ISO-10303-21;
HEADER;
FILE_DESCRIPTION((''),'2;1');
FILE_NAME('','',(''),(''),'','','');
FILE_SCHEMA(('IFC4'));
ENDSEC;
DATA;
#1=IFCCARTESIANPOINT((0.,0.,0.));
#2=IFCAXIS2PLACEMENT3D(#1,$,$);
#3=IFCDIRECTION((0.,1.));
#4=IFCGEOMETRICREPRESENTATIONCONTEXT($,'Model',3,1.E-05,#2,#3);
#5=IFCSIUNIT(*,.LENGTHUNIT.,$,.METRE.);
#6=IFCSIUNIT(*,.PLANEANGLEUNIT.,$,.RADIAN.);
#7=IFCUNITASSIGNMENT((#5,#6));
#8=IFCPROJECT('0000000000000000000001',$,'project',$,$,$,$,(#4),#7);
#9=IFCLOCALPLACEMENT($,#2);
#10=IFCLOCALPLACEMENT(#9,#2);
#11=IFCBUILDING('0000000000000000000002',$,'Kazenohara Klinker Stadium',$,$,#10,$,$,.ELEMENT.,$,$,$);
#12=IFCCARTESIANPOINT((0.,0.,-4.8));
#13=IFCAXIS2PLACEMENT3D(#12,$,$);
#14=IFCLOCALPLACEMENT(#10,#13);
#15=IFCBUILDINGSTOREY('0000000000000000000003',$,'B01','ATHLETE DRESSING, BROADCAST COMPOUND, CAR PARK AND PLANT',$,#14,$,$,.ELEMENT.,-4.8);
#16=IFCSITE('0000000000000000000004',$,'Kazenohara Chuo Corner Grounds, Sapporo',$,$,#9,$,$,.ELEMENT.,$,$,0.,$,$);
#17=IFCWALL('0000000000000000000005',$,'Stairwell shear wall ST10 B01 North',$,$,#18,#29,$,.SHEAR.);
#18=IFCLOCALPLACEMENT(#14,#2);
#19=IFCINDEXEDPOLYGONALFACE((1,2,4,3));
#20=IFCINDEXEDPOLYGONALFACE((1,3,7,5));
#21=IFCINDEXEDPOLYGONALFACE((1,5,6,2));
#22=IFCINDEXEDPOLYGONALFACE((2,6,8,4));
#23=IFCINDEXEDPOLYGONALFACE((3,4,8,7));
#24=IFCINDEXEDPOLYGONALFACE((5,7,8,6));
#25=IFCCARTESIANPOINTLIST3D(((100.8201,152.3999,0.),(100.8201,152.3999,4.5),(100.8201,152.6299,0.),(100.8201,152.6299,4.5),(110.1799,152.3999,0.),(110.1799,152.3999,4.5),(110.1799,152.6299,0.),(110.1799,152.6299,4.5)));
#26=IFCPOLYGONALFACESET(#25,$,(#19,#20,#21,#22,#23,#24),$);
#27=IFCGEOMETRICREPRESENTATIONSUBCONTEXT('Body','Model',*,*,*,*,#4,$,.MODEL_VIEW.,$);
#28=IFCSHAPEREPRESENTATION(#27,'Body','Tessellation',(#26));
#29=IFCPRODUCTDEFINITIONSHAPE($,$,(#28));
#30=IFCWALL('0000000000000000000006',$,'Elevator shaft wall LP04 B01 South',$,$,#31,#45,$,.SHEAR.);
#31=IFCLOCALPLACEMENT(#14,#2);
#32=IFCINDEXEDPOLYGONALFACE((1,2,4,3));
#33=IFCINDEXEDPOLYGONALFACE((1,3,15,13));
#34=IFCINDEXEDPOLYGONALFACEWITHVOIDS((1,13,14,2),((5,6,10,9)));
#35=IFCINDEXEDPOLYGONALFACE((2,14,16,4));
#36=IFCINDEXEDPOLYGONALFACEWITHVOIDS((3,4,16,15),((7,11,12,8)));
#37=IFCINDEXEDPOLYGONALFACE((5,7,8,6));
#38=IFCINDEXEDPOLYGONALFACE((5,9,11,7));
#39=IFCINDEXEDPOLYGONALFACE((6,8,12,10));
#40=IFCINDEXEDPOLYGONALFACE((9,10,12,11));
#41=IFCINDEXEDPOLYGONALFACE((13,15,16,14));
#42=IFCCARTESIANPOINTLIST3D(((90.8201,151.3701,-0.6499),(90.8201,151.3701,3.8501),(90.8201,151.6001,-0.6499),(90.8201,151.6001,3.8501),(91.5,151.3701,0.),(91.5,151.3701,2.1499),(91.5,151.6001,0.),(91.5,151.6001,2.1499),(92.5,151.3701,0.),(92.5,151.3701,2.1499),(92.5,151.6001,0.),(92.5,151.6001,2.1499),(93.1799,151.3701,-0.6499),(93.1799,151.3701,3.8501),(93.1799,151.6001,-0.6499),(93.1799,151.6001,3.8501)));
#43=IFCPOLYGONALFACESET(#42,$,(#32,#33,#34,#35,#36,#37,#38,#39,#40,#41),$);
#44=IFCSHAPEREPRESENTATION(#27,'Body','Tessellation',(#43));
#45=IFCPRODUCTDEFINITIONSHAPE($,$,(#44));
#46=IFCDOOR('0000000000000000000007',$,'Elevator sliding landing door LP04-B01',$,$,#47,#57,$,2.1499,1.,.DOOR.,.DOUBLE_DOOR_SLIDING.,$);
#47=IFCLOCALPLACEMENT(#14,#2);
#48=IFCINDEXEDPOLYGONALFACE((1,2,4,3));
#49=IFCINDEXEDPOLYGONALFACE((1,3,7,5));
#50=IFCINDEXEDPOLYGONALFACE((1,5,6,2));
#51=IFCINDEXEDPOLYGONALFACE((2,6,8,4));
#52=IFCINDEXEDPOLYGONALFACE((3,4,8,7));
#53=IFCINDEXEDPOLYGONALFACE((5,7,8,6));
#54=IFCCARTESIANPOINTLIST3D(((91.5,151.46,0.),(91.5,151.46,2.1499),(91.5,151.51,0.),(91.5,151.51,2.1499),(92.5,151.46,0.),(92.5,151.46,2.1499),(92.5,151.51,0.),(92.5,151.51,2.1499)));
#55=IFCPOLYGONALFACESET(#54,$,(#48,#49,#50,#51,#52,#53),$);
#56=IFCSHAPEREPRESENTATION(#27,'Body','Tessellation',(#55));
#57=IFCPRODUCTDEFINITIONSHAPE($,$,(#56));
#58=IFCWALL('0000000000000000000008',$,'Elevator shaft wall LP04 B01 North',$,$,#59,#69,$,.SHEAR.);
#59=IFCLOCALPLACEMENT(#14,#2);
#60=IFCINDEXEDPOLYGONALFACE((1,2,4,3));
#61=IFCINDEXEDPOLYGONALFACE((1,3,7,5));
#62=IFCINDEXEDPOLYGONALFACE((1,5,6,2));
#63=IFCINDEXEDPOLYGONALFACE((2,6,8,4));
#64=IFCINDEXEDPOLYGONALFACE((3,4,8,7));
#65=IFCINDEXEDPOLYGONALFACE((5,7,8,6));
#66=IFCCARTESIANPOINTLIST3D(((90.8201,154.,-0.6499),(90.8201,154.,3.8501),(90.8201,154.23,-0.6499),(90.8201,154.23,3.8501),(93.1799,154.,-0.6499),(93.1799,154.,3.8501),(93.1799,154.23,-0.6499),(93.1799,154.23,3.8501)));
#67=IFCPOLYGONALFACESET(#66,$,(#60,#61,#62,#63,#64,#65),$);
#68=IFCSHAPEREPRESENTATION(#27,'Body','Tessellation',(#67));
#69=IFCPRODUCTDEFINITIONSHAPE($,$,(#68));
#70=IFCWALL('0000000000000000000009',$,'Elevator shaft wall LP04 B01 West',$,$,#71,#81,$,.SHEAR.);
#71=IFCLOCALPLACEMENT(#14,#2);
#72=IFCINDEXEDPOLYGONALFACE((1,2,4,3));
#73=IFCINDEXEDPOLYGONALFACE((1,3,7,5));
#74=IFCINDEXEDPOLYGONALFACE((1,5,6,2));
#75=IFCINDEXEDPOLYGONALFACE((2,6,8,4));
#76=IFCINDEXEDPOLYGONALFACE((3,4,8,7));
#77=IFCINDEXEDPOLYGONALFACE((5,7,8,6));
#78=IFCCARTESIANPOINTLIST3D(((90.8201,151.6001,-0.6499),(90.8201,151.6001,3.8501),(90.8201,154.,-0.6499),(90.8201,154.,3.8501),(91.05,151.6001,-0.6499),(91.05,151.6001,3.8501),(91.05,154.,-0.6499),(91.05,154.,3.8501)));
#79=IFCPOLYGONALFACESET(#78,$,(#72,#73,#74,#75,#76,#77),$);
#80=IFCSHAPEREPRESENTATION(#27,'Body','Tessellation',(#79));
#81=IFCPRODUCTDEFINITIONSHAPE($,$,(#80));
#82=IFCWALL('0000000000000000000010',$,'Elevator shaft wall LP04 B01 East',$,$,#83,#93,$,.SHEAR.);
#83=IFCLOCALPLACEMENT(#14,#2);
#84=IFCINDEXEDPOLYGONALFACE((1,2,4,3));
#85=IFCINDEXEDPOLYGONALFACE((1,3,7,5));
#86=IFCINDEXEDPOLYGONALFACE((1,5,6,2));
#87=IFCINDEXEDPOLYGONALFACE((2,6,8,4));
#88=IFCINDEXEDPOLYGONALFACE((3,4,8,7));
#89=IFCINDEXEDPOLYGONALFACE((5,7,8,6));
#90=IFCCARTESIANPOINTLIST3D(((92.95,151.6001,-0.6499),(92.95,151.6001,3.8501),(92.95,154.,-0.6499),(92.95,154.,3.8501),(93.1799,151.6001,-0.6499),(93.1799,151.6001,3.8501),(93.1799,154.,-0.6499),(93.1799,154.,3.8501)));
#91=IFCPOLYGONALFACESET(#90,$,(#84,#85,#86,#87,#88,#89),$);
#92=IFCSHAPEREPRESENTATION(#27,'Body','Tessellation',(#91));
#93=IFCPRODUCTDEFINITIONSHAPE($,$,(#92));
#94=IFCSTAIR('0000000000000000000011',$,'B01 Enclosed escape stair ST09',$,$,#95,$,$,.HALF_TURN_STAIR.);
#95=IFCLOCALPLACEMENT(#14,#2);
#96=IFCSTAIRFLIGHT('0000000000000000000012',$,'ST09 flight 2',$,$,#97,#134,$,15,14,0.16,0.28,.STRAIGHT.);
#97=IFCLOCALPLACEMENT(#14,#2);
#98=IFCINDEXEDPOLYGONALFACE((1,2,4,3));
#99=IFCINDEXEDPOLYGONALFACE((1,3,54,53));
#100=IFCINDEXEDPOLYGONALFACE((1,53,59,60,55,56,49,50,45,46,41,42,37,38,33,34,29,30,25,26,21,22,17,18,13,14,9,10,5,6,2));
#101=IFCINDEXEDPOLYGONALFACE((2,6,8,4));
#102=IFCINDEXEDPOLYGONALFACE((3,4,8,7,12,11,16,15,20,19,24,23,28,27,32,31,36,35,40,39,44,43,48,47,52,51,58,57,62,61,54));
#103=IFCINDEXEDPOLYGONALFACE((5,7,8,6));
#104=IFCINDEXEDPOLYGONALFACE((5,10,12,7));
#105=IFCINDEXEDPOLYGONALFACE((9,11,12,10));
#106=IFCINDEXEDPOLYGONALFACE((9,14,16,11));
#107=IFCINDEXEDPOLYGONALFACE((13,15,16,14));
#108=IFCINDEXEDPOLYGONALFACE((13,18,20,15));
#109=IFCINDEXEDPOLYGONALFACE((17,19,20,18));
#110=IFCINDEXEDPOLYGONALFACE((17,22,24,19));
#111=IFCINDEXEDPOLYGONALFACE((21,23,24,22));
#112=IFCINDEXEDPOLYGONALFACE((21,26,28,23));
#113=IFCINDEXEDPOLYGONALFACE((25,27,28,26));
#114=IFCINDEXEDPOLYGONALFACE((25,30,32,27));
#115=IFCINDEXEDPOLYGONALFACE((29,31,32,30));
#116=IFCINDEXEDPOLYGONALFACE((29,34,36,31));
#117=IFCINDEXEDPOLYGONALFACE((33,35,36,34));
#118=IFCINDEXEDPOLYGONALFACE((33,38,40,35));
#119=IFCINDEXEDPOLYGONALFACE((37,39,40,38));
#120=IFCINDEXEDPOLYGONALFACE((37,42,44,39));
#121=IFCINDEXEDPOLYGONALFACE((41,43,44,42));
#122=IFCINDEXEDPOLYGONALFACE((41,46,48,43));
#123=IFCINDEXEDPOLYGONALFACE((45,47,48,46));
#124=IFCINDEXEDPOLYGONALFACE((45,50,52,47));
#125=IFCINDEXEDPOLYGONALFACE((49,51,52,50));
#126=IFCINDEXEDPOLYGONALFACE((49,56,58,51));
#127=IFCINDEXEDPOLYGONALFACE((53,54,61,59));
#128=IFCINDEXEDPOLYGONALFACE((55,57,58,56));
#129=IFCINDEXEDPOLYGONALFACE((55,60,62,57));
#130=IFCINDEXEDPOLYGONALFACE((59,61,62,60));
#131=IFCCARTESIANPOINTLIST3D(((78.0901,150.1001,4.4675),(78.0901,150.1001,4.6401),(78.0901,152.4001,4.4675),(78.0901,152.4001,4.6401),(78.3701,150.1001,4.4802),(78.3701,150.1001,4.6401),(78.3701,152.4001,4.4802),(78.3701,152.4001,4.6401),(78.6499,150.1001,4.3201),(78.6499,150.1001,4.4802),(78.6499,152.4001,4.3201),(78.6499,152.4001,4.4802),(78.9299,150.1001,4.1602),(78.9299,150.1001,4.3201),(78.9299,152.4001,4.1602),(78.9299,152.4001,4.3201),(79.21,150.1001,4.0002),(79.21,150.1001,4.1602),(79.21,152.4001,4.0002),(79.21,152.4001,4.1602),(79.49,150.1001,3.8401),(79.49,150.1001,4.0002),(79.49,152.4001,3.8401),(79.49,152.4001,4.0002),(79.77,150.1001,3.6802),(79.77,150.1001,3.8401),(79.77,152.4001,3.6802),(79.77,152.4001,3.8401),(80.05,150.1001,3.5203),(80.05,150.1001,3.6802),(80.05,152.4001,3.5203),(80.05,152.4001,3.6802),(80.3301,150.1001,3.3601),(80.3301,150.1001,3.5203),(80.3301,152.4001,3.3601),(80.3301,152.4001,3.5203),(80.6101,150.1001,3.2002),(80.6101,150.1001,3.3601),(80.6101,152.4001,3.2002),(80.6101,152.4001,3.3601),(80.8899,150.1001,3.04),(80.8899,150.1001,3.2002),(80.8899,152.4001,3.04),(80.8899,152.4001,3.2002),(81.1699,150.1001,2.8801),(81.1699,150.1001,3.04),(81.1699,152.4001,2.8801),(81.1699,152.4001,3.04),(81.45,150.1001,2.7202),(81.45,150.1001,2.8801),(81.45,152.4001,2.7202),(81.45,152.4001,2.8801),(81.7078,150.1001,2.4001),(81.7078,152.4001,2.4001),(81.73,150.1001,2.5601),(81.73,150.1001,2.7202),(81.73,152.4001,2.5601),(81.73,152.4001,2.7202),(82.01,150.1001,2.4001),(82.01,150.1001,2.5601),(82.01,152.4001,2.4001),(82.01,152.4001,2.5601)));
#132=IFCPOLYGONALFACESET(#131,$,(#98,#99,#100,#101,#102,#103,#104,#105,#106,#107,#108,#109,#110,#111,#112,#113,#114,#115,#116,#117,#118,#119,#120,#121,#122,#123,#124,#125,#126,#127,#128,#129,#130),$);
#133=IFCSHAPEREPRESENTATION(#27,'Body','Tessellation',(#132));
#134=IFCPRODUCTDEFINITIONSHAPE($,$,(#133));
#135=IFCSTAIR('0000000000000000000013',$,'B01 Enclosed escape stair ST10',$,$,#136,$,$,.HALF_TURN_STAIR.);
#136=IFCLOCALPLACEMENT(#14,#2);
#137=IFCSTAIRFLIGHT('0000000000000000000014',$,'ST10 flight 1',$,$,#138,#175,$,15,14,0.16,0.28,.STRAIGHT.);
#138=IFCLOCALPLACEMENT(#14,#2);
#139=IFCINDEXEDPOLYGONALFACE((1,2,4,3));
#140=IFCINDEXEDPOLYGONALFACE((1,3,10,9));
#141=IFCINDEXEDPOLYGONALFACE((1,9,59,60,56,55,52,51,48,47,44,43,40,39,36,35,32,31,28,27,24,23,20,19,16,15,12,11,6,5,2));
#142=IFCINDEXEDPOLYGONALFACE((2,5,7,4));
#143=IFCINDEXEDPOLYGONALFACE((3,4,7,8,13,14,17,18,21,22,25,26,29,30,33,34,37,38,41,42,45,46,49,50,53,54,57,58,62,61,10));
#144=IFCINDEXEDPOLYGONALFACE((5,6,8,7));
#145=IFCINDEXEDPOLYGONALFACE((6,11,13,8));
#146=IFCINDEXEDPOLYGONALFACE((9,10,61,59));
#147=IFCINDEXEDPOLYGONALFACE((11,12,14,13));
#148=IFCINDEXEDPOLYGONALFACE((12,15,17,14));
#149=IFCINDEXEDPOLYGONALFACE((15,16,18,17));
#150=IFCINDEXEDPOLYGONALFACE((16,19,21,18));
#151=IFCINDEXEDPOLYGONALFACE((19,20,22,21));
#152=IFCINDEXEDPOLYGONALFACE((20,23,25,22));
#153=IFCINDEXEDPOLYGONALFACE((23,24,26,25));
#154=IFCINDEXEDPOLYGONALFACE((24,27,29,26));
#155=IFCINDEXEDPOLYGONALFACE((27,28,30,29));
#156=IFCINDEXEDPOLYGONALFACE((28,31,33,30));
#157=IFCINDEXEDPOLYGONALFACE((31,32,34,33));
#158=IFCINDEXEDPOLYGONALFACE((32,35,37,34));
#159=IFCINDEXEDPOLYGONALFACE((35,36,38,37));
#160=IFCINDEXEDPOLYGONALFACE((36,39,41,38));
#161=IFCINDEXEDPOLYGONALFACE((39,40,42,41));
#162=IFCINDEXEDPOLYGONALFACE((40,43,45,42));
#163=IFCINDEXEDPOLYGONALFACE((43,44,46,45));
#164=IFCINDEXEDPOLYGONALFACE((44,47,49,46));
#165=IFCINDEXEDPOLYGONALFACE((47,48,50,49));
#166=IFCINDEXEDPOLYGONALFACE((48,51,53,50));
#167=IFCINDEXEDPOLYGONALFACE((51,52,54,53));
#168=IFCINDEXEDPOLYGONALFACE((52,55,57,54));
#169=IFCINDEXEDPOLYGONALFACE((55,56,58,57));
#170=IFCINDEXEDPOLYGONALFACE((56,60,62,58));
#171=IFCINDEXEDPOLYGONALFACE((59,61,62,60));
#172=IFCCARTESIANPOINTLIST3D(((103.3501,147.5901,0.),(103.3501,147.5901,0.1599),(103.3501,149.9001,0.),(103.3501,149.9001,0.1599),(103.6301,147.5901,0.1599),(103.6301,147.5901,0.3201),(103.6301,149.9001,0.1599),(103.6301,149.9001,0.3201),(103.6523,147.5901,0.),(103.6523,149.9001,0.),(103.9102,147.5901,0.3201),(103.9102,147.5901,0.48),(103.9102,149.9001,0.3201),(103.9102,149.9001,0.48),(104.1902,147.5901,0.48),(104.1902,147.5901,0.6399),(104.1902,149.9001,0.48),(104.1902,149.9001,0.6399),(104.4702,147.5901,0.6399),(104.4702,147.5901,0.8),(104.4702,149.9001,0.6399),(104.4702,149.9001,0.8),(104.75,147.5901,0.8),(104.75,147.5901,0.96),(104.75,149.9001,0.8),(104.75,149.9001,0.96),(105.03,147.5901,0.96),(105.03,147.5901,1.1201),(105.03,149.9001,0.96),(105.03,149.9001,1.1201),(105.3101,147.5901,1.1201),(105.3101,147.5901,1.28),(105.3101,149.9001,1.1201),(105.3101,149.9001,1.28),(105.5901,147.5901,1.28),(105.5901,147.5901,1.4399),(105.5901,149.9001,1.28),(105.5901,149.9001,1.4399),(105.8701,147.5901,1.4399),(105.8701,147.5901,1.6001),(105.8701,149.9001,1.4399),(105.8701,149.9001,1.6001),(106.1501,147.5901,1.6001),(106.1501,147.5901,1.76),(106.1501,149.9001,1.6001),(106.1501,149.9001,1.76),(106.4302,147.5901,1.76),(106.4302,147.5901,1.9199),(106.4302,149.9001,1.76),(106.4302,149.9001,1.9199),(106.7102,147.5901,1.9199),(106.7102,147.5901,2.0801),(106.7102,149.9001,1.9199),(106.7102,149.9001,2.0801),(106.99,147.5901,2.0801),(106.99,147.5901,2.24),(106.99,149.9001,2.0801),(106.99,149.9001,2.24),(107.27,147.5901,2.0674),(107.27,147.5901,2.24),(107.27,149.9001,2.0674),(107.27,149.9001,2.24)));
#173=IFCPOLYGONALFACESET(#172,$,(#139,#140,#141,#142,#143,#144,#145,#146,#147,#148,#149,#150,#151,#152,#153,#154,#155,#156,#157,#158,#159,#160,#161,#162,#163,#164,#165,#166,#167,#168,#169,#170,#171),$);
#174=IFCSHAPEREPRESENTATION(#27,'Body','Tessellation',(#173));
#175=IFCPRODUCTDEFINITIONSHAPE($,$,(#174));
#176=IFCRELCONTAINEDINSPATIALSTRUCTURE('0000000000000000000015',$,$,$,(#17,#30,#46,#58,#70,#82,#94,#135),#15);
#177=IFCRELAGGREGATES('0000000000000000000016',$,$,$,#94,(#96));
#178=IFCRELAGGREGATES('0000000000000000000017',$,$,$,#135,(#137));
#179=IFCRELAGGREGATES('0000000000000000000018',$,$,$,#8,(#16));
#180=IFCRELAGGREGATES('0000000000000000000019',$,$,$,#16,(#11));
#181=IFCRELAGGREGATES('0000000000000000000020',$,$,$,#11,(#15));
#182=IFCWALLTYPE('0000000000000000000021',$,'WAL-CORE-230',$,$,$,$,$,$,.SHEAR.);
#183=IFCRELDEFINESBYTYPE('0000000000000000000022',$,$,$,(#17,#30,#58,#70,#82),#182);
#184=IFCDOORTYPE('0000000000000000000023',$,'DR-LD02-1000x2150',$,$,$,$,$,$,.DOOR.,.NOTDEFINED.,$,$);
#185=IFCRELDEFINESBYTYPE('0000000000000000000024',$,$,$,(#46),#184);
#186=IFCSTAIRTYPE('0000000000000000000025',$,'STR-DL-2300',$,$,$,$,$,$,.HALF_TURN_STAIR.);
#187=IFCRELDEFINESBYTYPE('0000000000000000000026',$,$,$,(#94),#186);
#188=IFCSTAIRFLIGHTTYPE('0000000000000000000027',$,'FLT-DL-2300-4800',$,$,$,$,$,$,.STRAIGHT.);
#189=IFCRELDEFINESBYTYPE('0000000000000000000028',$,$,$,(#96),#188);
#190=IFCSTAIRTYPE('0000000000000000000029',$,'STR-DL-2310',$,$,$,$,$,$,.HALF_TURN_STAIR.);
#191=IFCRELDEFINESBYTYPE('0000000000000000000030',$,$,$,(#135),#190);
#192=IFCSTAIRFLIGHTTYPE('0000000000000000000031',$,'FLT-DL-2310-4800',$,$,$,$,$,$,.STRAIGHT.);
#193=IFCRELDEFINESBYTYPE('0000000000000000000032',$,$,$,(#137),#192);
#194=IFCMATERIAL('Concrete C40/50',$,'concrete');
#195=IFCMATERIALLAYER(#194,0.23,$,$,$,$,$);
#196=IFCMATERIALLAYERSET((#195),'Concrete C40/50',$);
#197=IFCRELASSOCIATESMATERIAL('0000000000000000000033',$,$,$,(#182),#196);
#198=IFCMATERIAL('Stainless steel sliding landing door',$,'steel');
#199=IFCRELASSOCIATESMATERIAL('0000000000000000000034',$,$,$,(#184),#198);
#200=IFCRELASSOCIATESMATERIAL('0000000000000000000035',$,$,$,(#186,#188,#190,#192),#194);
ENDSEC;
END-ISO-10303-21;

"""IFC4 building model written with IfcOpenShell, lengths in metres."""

from ifc_helpers import new_model, si_unit, direction, frame, frame_2d, origin, place, context, subcontext, project, spatial, polyline, rectangle, outline, extrude, material, layer, layer_set, type_object, element, fill, aggregate, save


model = new_model("IFC4")

# Units and contexts
model_context = context("Model", 3, precision=1e-05, world=origin(), true_north=direction((0.0, 1.0)))
body_context = subcontext(model_context, "Body", "Model", "MODEL_VIEW")
ifc_project = project(units=[si_unit("LENGTHUNIT", "METRE"), si_unit("PLANEANGLEUNIT", "RADIAN")], contexts=[model_context])

# Site, building, storey
site_placement = place(None, origin())
site = spatial("IfcSite", under=ifc_project, at=site_placement, Name="Kazenohara Chuo Corner Grounds, Sapporo", CompositionType="ELEMENT", RefElevation=0.0)
building_placement = place(site_placement, origin())
building = spatial("IfcBuilding", under=site, at=building_placement, Name="Kazenohara Klinker Stadium", CompositionType="ELEMENT")
storey_placement = place(building_placement, frame((0.0, 0.0, -4.8)))
storey = spatial("IfcBuildingStorey", under=building, at=storey_placement, Name="B01", Description="ATHLETE DRESSING, BROADCAST COMPOUND, CAR PARK AND PLANT", CompositionType="ELEMENT", Elevation=-4.8)

# Shared definitions
ifc_material_1 = material(Name="Concrete C40/50", Category="concrete")

# Wall
ifc_layer_1 = layer(ifc_material_1, 0.23)
ifc_layer_set_1 = layer_set([ifc_layer_1], Name="Concrete C40/50")
wall_type = type_object("IfcWallType", Name="WAL-CORE-230", PredefinedType="SHEAR", material=ifc_layer_set_1)
wall_1_placement = place(storey_placement, frame((100.8201, 152.5149, 0.0), z_axis=(0.0, 0.0, 1.0), x_axis=(1.0, 0.0, 0.0)))
element("IfcWall", 1, at=wall_1_placement, inside=storey, type_object=wall_type, Name="Stairwell shear wall ST10 B01 North", PredefinedType="SHEAR", context=body_context, shape_type="SweptSolid", body=[
    extrude(rectangle(XDim=9.3599, YDim=0.23, at=frame_2d((4.6799, 0.0))), origin(), (0.0, 0.0, 1.0), 4.5),
])

# Wall, opening, door
wall_2_placement = place(storey_placement, frame((90.8201, 151.4851, -0.6499), z_axis=(0.0, 0.0, 1.0), x_axis=(1.0, 0.0, 0.0)))
wall_2 = element("IfcWall", 2, at=wall_2_placement, inside=storey, type_object=wall_type, Name="Elevator shaft wall LP04 B01 South", PredefinedType="SHEAR", context=body_context, shape_type="SweptSolid", body=[
    extrude(rectangle(XDim=2.3599, YDim=0.23, at=frame_2d((1.1799, 0.0))), origin(), (0.0, 0.0, 1.0), 4.5),
])
opening_placement = place(wall_2_placement, frame((0.6799, 0.0, 0.6499)))
opening = element("IfcOpeningElement", 3, at=opening_placement, cuts=wall_2, PredefinedType="OPENING", context=body_context, shape_type="SweptSolid", body=[
    extrude(rectangle(XDim=1.0, YDim=2.1499, at=frame_2d((0.5, 1.075))), frame((0.0, 0.125, 0.0), z_axis=(0.0, -1.0, 0.0), x_axis=(1.0, 0.0, 0.0)), (0.0, 0.0, 1.0), 0.25),
])
ifc_material_2 = material(Name="Stainless steel sliding landing door", Category="steel")
door_type = type_object("IfcDoorType", Name="DR-LD02-1000x2150", OperationType="NOTDEFINED", PredefinedType="DOOR", material=ifc_material_2)
door_placement = place(opening_placement, origin())
door = element("IfcDoor", 4, at=door_placement, inside=storey, type_object=door_type, Name="Elevator sliding landing door LP04-B01", OperationType="DOUBLE_DOOR_SLIDING", OverallHeight=2.1499, OverallWidth=1.0, PredefinedType="DOOR", context=body_context, shape_type="SweptSolid", body=[
    extrude(rectangle(XDim=1.0, YDim=2.1499, at=frame_2d((0.5, 1.075))), frame((0.0, 0.0249, 0.0), z_axis=(0.0, -1.0, 0.0), x_axis=(1.0, 0.0, 0.0)), (0.0, 0.0, 1.0), 0.05),
])
fill(opening, door)

# Walls
wall_3_placement = place(storey_placement, frame((90.8201, 154.115, -0.6499), z_axis=(0.0, 0.0, 1.0), x_axis=(1.0, 0.0, 0.0)))
element("IfcWall", 5, at=wall_3_placement, inside=storey, type_object=wall_type, Name="Elevator shaft wall LP04 B01 North", PredefinedType="SHEAR", context=body_context, shape_type="SweptSolid", body=[
    extrude(rectangle(XDim=2.3599, YDim=0.23, at=frame_2d((1.1799, 0.0))), origin(), (0.0, 0.0, 1.0), 4.5),
])
for number, where, z_axis, x_axis, name in (
    (6, (90.9351, 151.6001, -0.6499), (0.0, 0.0, 1.0), (0.0, 1.0, 0.0), "Elevator shaft wall LP04 B01 West"),
    (7, (93.0649, 151.6001, -0.6499), (0.0, 0.0, 1.0), (0.0, 1.0, 0.0), "Elevator shaft wall LP04 B01 East"),
):
    element("IfcWall", number, at=place(storey_placement, frame(where, z_axis=z_axis, x_axis=x_axis)), inside=storey, type_object=wall_type, Name=name, PredefinedType="SHEAR", context=body_context, shape_type="SweptSolid", body=[
        extrude(rectangle(XDim=2.3999, YDim=0.23, at=frame_2d((1.2, 0.0))), origin(), (0.0, 0.0, 1.0), 4.5),
    ])

# Stairs, stair flights
stair_type_1 = type_object("IfcStairType", Name="STR-DL-2300", PredefinedType="HALF_TURN_STAIR", material=ifc_material_1)
stair_1_placement = place(storey_placement, origin())
stair_1 = element("IfcStair", 8, at=stair_1_placement, inside=storey, type_object=stair_type_1, Name="B01 Enclosed escape stair ST09", PredefinedType="HALF_TURN_STAIR")
stair_flight_type_1 = type_object("IfcStairFlightType", Name="FLT-DL-2300-4800", PredefinedType="STRAIGHT", material=ifc_material_1)
stair_flight_1_placement = place(storey_placement, frame((82.01, 151.25, 2.4001), z_axis=(0.0, 0.0, 1.0), x_axis=(-1.0, 0.0, 0.0)))
stair_flight_1 = element("IfcStairFlight", 9, at=stair_flight_1_placement, type_object=stair_flight_type_1, Name="ST09 flight 2", NumberOfRisers=15, NumberOfTreads=14, PredefinedType="STRAIGHT", RiserHeight=0.16, TreadLength=0.28, context=body_context, shape_type="SweptSolid", body=[
    extrude(outline(polyline([(0.0, 0.0), (0.0, 0.1599), (0.28, 0.1599), (0.28, 0.3201), (0.5601, 0.3201), (0.5601, 0.48), (0.8401, 0.48), (0.8401, 0.6399), (1.1201, 0.6399), (1.1201, 0.8), (1.3999, 0.8), (1.3999, 0.96), (1.6799, 0.96), (1.6799, 1.1201), (1.96, 1.1201), (1.96, 1.28), (2.24, 1.28), (2.24, 1.4399), (2.52, 1.4399), (2.52, 1.6001), (2.8, 1.6001), (2.8, 1.76), (3.0801, 1.76), (3.0801, 1.9199), (3.3601, 1.9199), (3.3601, 2.0801), (3.6399, 2.0801), (3.6399, 2.24), (3.9199, 2.24), (3.9199, 2.3999), (3.9199, 2.0674), (0.3022, 0.0), (0.0, 0.0)])), frame((0.0, 1.1499, 0.0), z_axis=(0.0, -1.0, 0.0), x_axis=(1.0, 0.0, 0.0)), (0.0, 0.0, 1.0), 2.3),
])
aggregate(stair_1, [stair_flight_1])
stair_type_2 = type_object("IfcStairType", Name="STR-DL-2310", PredefinedType="HALF_TURN_STAIR", material=ifc_material_1)
stair_2_placement = place(storey_placement, origin())
stair_2 = element("IfcStair", 10, at=stair_2_placement, inside=storey, type_object=stair_type_2, Name="B01 Enclosed escape stair ST10", PredefinedType="HALF_TURN_STAIR")
stair_flight_type_2 = type_object("IfcStairFlightType", Name="FLT-DL-2310-4800", PredefinedType="STRAIGHT", material=ifc_material_1)
stair_flight_2_placement = place(storey_placement, frame((103.3501, 148.7451, 0.0), z_axis=(0.0, 0.0, 1.0), x_axis=(1.0, 0.0, 0.0)))
stair_flight_2 = element("IfcStairFlight", 11, at=stair_flight_2_placement, type_object=stair_flight_type_2, Name="ST10 flight 1", NumberOfRisers=15, NumberOfTreads=14, PredefinedType="STRAIGHT", RiserHeight=0.16, TreadLength=0.28, context=body_context, shape_type="SweptSolid", body=[
    extrude(outline(polyline([(0.0, 0.0), (0.0, 0.1599), (0.28, 0.1599), (0.28, 0.3201), (0.5601, 0.3201), (0.5601, 0.48), (0.8401, 0.48), (0.8401, 0.6399), (1.1201, 0.6399), (1.1201, 0.8), (1.3999, 0.8), (1.3999, 0.96), (1.6799, 0.96), (1.6799, 1.1201), (1.96, 1.1201), (1.96, 1.28), (2.24, 1.28), (2.24, 1.4399), (2.52, 1.4399), (2.52, 1.6001), (2.8, 1.6001), (2.8, 1.76), (3.0801, 1.76), (3.0801, 1.9199), (3.3601, 1.9199), (3.3601, 2.0801), (3.6399, 2.0801), (3.6399, 2.24), (3.9199, 2.24), (3.9199, 2.3999), (3.9199, 2.0674), (0.3022, 0.0), (0.0, 0.0)])), frame((0.0, 1.155, 0.0), z_axis=(0.0, -1.0, 0.0), x_axis=(1.0, 0.0, 0.0)), (0.0, 0.0, 1.0), 2.3101),
])
aggregate(stair_2, [stair_flight_2])

save(model, "model.ifc")
